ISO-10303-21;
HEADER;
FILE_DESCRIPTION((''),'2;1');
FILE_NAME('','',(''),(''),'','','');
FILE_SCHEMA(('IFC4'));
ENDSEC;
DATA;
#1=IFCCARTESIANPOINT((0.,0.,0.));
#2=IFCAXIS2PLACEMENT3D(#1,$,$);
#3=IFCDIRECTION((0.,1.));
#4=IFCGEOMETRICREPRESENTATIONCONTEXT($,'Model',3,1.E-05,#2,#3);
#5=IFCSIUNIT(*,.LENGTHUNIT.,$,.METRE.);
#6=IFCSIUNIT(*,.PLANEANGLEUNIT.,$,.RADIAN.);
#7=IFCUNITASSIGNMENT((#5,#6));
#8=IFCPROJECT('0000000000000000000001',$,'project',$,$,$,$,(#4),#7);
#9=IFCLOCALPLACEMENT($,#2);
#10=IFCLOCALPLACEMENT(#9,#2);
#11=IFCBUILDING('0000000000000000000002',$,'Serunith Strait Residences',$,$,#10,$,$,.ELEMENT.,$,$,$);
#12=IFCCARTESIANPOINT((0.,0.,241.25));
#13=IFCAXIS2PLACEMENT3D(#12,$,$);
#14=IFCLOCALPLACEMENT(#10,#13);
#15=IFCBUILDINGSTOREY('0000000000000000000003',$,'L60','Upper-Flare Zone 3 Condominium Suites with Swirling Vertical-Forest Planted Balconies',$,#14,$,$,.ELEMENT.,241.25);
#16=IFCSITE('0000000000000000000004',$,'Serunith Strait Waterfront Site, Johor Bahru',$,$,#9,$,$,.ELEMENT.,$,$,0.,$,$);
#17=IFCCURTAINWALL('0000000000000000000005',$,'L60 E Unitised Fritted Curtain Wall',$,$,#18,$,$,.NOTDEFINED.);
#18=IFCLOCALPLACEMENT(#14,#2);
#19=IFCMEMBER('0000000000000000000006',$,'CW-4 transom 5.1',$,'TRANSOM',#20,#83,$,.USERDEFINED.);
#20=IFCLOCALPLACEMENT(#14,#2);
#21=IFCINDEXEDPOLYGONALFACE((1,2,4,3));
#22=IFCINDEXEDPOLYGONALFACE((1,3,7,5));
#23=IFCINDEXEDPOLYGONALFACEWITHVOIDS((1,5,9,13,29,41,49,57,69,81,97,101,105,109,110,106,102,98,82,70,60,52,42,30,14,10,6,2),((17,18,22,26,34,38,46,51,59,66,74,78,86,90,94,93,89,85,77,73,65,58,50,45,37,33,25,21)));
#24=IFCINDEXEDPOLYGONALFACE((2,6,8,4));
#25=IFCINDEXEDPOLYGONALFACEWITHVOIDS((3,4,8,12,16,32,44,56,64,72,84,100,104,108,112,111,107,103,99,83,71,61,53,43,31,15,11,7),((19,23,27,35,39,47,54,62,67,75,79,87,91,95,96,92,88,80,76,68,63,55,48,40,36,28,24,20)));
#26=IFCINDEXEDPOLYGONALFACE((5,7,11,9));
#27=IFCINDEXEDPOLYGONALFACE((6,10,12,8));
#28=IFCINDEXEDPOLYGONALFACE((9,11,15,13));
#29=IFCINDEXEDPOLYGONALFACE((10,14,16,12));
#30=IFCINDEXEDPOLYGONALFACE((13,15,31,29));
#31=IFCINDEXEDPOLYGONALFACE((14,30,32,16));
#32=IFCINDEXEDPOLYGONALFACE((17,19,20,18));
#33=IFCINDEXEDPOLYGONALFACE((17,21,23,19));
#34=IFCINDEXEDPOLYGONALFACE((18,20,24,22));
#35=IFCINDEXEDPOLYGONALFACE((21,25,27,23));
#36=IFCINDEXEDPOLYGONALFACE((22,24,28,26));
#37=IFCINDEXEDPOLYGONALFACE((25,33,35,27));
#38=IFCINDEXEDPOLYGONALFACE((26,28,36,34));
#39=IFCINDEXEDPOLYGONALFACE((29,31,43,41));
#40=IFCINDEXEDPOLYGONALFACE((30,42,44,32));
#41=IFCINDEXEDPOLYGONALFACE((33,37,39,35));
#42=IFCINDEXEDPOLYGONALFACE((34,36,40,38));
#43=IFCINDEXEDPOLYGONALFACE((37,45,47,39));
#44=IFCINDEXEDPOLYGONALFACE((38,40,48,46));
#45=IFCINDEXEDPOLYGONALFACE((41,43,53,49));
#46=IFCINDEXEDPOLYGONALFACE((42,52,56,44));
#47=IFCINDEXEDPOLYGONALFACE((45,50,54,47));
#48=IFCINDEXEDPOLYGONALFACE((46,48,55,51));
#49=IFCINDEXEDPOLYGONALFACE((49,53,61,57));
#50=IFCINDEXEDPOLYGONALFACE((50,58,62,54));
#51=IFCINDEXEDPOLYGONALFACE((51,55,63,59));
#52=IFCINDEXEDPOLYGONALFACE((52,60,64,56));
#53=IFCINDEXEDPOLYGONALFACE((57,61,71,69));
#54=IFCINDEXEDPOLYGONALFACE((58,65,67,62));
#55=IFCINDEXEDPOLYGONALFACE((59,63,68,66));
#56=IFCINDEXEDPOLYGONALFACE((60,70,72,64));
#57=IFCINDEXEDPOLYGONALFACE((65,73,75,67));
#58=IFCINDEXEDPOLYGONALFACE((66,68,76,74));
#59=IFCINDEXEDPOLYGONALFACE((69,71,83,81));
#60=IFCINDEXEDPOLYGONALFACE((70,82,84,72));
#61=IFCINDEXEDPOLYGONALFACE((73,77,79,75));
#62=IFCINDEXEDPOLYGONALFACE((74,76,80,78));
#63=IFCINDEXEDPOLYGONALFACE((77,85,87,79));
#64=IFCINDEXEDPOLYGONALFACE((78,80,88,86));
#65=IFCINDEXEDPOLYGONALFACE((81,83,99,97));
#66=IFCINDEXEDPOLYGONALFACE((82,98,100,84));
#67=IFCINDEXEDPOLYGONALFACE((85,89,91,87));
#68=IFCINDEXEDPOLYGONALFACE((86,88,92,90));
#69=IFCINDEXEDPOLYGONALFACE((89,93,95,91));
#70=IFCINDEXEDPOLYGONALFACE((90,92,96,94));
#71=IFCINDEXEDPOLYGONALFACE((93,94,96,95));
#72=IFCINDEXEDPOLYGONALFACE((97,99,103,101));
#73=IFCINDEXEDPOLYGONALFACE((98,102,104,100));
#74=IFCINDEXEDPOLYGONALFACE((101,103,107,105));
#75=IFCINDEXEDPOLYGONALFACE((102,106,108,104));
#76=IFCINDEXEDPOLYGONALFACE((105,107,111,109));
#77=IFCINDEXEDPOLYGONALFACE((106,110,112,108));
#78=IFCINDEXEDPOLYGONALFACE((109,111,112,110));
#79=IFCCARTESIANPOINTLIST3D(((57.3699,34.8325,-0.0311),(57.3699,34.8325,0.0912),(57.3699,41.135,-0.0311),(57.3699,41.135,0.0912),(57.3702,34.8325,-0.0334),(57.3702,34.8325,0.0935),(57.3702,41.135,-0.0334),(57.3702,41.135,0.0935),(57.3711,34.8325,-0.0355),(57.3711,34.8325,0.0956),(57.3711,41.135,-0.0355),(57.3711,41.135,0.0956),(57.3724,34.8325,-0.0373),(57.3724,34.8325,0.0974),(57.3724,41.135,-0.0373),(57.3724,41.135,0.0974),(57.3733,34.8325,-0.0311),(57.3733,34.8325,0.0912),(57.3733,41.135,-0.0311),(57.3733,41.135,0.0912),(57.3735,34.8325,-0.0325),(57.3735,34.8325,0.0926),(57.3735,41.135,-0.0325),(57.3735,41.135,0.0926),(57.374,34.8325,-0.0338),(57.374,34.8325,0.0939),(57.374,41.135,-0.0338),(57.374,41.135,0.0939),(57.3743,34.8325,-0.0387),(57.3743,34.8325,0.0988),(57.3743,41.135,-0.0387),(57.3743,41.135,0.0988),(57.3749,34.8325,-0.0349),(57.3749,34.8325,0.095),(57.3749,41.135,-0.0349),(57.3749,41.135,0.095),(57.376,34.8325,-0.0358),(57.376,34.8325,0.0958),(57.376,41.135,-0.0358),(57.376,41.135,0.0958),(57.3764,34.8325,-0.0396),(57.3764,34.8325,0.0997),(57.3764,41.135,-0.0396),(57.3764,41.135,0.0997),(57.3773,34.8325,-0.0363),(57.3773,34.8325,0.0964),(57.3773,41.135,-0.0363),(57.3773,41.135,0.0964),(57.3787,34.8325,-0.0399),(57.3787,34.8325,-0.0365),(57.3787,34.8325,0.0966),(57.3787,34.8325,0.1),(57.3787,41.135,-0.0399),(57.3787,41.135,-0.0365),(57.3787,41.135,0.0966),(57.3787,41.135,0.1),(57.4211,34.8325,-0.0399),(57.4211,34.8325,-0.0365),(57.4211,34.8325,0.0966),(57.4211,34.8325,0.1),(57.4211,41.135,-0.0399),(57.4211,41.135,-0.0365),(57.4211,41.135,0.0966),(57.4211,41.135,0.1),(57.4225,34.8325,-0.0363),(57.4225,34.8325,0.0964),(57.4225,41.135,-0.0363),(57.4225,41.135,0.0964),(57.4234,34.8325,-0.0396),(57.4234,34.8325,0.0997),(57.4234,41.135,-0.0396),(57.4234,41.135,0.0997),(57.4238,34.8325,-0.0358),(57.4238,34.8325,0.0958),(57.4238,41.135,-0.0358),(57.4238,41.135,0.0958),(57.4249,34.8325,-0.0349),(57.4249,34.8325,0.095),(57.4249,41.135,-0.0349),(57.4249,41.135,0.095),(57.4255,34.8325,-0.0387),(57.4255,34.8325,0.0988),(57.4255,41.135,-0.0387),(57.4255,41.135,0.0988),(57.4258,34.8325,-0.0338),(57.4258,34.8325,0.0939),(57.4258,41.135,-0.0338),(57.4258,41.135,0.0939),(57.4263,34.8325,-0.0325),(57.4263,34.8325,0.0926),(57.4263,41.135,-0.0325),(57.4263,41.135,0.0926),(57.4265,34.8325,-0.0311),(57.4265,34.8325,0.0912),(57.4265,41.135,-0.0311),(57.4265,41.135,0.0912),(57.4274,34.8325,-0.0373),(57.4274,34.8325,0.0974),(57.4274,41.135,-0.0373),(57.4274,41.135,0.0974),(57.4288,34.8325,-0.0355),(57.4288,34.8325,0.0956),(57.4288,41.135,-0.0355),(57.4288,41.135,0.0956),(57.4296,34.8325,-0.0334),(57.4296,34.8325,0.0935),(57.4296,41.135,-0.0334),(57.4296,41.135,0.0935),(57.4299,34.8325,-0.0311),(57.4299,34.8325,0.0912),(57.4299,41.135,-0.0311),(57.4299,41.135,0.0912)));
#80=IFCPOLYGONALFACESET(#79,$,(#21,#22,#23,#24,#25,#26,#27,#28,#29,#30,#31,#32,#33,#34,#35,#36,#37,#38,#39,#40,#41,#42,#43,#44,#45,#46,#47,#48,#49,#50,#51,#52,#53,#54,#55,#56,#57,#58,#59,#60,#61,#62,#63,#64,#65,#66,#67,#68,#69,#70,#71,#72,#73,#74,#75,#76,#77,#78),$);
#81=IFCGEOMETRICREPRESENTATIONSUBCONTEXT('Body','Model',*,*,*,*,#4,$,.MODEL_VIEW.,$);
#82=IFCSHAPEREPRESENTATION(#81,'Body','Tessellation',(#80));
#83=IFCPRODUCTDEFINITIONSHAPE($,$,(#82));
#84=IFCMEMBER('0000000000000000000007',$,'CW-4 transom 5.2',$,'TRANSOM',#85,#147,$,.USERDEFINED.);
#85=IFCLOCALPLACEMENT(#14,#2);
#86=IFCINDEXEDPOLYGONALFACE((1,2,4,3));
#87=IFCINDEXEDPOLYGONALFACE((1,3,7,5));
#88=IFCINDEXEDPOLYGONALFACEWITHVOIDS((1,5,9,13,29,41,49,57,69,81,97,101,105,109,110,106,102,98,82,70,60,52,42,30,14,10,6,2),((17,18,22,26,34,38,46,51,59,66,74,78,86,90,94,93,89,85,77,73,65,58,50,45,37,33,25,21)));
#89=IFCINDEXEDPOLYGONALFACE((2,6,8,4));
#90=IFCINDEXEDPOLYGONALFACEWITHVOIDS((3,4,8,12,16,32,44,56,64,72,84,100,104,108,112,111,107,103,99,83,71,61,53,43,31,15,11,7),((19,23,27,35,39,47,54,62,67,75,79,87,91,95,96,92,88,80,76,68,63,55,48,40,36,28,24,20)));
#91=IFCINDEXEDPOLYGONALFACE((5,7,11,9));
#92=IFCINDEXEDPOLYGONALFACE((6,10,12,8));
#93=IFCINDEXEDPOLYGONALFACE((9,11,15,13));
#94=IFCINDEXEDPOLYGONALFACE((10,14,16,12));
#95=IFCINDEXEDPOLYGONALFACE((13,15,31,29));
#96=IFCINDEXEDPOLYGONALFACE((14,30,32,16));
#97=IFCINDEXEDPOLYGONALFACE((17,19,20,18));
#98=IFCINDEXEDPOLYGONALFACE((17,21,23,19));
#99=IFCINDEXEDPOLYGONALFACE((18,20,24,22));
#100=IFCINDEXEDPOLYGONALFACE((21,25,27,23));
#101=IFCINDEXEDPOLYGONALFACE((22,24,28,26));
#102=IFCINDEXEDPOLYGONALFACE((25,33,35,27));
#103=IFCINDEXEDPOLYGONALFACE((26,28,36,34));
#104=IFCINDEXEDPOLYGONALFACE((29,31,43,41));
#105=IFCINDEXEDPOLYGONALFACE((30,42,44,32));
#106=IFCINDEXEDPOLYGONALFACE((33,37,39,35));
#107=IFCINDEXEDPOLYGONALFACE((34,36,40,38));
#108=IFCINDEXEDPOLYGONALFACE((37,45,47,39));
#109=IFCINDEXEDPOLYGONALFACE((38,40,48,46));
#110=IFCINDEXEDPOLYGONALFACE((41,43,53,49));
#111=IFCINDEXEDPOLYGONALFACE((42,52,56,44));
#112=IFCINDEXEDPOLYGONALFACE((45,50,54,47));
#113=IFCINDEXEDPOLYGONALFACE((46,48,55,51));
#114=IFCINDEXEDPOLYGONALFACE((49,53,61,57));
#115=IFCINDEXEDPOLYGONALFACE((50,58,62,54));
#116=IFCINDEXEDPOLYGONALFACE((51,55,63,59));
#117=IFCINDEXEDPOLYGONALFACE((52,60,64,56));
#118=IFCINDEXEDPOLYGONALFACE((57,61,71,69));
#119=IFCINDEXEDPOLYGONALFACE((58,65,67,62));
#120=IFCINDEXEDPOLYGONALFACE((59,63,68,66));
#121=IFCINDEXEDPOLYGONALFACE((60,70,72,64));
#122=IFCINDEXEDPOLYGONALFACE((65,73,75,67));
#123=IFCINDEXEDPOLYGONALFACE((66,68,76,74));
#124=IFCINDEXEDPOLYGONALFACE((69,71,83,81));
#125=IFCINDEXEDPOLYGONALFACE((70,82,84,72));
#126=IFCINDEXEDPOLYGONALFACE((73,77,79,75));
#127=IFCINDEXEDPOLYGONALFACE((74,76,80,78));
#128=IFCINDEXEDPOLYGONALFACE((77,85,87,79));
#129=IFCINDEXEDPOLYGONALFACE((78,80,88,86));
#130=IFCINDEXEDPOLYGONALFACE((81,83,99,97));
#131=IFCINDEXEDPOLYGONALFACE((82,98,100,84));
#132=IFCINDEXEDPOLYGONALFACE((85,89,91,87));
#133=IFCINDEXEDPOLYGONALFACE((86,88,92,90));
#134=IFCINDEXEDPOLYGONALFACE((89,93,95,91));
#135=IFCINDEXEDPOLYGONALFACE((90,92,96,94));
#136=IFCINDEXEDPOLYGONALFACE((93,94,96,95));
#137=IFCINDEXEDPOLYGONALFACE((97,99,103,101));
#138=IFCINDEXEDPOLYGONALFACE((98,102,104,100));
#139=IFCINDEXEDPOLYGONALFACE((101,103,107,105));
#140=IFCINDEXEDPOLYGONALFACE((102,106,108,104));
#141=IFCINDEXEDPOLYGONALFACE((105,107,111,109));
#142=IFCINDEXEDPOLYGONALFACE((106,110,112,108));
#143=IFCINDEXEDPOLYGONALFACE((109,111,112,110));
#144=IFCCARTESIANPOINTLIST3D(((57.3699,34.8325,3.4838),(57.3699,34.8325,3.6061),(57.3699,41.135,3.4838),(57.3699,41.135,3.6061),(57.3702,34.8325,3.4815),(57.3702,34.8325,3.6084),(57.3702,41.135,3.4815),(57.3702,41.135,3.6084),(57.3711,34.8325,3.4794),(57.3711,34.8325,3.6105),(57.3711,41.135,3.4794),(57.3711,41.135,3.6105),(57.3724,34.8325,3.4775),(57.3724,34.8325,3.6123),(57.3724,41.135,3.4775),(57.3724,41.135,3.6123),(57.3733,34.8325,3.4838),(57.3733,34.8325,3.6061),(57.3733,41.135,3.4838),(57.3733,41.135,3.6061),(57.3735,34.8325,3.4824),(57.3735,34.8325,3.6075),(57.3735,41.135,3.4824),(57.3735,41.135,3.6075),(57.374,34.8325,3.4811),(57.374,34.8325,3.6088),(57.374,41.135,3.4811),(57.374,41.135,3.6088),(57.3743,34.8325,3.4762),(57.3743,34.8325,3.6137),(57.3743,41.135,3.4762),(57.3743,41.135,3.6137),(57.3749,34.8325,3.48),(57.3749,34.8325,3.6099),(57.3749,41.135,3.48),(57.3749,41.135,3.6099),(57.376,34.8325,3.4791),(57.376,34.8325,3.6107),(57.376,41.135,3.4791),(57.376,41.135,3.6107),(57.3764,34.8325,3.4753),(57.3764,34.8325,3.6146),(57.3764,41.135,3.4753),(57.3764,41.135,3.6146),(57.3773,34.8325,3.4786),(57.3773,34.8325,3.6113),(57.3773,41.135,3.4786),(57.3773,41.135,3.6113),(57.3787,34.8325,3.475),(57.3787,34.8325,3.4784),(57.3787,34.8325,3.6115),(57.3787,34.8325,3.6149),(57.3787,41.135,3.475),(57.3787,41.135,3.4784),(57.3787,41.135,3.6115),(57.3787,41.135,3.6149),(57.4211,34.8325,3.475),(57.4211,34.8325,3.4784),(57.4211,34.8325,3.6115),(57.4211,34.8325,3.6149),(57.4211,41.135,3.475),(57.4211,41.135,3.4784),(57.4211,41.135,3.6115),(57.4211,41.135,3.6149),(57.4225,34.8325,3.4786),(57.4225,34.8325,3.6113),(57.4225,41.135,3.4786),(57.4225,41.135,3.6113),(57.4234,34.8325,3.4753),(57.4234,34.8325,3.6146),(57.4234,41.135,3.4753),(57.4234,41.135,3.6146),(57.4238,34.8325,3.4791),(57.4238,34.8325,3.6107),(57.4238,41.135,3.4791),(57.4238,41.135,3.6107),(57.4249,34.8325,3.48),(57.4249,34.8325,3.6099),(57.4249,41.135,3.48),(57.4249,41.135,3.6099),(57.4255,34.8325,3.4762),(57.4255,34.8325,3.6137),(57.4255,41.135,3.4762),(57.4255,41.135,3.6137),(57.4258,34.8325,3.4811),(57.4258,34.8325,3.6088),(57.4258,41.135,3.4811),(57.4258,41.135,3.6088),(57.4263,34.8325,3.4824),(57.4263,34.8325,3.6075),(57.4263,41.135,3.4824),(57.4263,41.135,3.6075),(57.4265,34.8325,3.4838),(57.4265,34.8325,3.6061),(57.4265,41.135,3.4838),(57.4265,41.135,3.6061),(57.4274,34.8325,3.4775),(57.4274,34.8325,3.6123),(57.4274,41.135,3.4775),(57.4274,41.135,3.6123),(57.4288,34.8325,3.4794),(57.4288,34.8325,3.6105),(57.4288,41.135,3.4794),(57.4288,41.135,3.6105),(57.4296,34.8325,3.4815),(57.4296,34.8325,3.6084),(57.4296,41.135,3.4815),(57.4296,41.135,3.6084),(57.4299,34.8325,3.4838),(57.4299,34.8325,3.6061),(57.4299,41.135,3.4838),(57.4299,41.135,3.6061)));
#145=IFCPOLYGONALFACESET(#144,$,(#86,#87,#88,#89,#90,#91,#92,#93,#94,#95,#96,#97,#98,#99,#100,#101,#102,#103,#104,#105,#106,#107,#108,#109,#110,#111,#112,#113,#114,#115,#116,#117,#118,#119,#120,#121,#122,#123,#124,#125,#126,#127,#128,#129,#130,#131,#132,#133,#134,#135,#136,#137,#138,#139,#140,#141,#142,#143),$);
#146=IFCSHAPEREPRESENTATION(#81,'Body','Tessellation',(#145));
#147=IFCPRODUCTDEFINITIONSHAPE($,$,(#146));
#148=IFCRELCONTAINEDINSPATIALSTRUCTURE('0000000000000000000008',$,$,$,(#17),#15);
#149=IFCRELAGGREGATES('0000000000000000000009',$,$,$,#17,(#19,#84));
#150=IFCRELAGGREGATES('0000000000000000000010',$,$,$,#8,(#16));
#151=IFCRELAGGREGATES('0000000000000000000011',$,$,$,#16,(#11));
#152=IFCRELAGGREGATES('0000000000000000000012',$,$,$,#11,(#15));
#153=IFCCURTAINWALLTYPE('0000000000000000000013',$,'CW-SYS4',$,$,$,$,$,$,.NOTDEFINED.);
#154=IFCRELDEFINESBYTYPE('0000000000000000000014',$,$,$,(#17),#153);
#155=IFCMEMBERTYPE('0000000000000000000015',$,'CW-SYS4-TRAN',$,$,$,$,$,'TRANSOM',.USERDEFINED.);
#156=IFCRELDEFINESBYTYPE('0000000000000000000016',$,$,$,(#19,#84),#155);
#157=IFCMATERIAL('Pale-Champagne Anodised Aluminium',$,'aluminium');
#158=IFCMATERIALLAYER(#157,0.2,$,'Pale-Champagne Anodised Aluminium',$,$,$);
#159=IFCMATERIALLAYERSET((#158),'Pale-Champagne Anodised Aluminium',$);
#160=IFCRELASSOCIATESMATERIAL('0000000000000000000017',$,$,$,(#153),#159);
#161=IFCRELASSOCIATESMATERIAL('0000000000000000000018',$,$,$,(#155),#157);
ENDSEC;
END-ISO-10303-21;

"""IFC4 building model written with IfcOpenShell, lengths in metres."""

from ifc_helpers import new_model, si_unit, direction, frame, origin, origin_2d, place, context, subcontext, project, spatial, hollow_rectangle, extrude, source, transform, mapped, material, layer, layer_set, material_profile, profile_set, type_object, element, aggregate, save


model = new_model("IFC4")

# Units and contexts
model_context = context("Model", 3, precision=1e-05, world=origin(), true_north=direction((0.0, 1.0)))
body_context = subcontext(model_context, "Body", "Model", "MODEL_VIEW")
ifc_project = project(units=[si_unit("LENGTHUNIT", "METRE"), si_unit("PLANEANGLEUNIT", "RADIAN")], contexts=[model_context])

# Site, building, storey
site_placement = place(None, origin())
site = spatial("IfcSite", under=ifc_project, at=site_placement, Name="Serunith Strait Waterfront Site, Johor Bahru", CompositionType="ELEMENT", RefElevation=0.0)
building_placement = place(site_placement, origin())
building = spatial("IfcBuilding", under=site, at=building_placement, Name="Serunith Strait Residences", CompositionType="ELEMENT")
storey_placement = place(building_placement, frame((0.0, 0.0, 241.25)))
storey = spatial("IfcBuildingStorey", under=building, at=storey_placement, Name="L60", Description="Upper-Flare Zone 3 Condominium Suites with Swirling Vertical-Forest Planted Balconies", CompositionType="ELEMENT", Elevation=241.25)

# Curtain wall, members
ifc_material_1 = material(Name="Pale-Champagne Anodised Aluminium", Category="aluminium")
ifc_layer_1 = layer(ifc_material_1, 0.2, Name="Pale-Champagne Anodised Aluminium")
ifc_layer_set_1 = layer_set([ifc_layer_1], Name="Pale-Champagne Anodised Aluminium")
curtain_wall_type = type_object("IfcCurtainWallType", Name="CW-SYS4", PredefinedType="NOTDEFINED", material=ifc_layer_set_1)
curtain_wall_placement = place(storey_placement, origin())
curtain_wall = element("IfcCurtainWall", 1, at=curtain_wall_placement, inside=storey, type_object=curtain_wall_type, Name="L60 E Unitised Fritted Curtain Wall", PredefinedType="NOTDEFINED")
ifc_material_profile_1 = material_profile(ifc_material_1, hollow_rectangle(XDim=0.0601, YDim=0.1399, WallThickness=0.0034, InnerFilletRadius=0.0054, OuterFilletRadius=0.0088, at=origin_2d()), Name="ALU 140x60x3.5")
ifc_profile_set_1 = profile_set([ifc_material_profile_1], Name="Pale-Champagne Anodised Aluminium")
member_type_1 = type_object("IfcMemberType", Name="CW-SYS4-TRAN", ElementType="TRANSOM", PredefinedType="USERDEFINED", material=ifc_profile_set_1)
shared_shape_1 = source(origin(), body_context, "Body", "SweptSolid", [
    extrude(hollow_rectangle(XDim=0.0601, YDim=0.1399, WallThickness=0.0034, InnerFilletRadius=0.0054, OuterFilletRadius=0.0088, at=origin_2d()), origin(), (0.0, 0.0, 1.0), 6.3025),
])
member_1_placement = place(storey_placement, frame((57.3999, 34.8325, 0.03), z_axis=(0.0, 1.0, 0.0), x_axis=(-1.0, 0.0, 0.0)))
member_1 = element("IfcMember", 2, at=member_1_placement, type_object=member_type_1, Name="CW-4 transom 5.1", ObjectType="TRANSOM", PredefinedType="USERDEFINED", context=body_context, shape_type="MappedRepresentation", body=[
    mapped(shared_shape_1, transform((0.0, 0.0, 0.0), scale=1.0)),
])
member_2_placement = place(storey_placement, frame((57.3999, 34.8325, 3.5449), z_axis=(0.0, 1.0, 0.0), x_axis=(-1.0, 0.0, 0.0)))
member_2 = element("IfcMember", 3, at=member_2_placement, type_object=member_type_1, Name="CW-4 transom 5.2", ObjectType="TRANSOM", PredefinedType="USERDEFINED", context=body_context, shape_type="MappedRepresentation", body=[
    mapped(shared_shape_1, transform((0.0, 0.0, 0.0), scale=1.0)),
])
aggregate(curtain_wall, [member_1, member_2])

save(model, "model.ifc")
